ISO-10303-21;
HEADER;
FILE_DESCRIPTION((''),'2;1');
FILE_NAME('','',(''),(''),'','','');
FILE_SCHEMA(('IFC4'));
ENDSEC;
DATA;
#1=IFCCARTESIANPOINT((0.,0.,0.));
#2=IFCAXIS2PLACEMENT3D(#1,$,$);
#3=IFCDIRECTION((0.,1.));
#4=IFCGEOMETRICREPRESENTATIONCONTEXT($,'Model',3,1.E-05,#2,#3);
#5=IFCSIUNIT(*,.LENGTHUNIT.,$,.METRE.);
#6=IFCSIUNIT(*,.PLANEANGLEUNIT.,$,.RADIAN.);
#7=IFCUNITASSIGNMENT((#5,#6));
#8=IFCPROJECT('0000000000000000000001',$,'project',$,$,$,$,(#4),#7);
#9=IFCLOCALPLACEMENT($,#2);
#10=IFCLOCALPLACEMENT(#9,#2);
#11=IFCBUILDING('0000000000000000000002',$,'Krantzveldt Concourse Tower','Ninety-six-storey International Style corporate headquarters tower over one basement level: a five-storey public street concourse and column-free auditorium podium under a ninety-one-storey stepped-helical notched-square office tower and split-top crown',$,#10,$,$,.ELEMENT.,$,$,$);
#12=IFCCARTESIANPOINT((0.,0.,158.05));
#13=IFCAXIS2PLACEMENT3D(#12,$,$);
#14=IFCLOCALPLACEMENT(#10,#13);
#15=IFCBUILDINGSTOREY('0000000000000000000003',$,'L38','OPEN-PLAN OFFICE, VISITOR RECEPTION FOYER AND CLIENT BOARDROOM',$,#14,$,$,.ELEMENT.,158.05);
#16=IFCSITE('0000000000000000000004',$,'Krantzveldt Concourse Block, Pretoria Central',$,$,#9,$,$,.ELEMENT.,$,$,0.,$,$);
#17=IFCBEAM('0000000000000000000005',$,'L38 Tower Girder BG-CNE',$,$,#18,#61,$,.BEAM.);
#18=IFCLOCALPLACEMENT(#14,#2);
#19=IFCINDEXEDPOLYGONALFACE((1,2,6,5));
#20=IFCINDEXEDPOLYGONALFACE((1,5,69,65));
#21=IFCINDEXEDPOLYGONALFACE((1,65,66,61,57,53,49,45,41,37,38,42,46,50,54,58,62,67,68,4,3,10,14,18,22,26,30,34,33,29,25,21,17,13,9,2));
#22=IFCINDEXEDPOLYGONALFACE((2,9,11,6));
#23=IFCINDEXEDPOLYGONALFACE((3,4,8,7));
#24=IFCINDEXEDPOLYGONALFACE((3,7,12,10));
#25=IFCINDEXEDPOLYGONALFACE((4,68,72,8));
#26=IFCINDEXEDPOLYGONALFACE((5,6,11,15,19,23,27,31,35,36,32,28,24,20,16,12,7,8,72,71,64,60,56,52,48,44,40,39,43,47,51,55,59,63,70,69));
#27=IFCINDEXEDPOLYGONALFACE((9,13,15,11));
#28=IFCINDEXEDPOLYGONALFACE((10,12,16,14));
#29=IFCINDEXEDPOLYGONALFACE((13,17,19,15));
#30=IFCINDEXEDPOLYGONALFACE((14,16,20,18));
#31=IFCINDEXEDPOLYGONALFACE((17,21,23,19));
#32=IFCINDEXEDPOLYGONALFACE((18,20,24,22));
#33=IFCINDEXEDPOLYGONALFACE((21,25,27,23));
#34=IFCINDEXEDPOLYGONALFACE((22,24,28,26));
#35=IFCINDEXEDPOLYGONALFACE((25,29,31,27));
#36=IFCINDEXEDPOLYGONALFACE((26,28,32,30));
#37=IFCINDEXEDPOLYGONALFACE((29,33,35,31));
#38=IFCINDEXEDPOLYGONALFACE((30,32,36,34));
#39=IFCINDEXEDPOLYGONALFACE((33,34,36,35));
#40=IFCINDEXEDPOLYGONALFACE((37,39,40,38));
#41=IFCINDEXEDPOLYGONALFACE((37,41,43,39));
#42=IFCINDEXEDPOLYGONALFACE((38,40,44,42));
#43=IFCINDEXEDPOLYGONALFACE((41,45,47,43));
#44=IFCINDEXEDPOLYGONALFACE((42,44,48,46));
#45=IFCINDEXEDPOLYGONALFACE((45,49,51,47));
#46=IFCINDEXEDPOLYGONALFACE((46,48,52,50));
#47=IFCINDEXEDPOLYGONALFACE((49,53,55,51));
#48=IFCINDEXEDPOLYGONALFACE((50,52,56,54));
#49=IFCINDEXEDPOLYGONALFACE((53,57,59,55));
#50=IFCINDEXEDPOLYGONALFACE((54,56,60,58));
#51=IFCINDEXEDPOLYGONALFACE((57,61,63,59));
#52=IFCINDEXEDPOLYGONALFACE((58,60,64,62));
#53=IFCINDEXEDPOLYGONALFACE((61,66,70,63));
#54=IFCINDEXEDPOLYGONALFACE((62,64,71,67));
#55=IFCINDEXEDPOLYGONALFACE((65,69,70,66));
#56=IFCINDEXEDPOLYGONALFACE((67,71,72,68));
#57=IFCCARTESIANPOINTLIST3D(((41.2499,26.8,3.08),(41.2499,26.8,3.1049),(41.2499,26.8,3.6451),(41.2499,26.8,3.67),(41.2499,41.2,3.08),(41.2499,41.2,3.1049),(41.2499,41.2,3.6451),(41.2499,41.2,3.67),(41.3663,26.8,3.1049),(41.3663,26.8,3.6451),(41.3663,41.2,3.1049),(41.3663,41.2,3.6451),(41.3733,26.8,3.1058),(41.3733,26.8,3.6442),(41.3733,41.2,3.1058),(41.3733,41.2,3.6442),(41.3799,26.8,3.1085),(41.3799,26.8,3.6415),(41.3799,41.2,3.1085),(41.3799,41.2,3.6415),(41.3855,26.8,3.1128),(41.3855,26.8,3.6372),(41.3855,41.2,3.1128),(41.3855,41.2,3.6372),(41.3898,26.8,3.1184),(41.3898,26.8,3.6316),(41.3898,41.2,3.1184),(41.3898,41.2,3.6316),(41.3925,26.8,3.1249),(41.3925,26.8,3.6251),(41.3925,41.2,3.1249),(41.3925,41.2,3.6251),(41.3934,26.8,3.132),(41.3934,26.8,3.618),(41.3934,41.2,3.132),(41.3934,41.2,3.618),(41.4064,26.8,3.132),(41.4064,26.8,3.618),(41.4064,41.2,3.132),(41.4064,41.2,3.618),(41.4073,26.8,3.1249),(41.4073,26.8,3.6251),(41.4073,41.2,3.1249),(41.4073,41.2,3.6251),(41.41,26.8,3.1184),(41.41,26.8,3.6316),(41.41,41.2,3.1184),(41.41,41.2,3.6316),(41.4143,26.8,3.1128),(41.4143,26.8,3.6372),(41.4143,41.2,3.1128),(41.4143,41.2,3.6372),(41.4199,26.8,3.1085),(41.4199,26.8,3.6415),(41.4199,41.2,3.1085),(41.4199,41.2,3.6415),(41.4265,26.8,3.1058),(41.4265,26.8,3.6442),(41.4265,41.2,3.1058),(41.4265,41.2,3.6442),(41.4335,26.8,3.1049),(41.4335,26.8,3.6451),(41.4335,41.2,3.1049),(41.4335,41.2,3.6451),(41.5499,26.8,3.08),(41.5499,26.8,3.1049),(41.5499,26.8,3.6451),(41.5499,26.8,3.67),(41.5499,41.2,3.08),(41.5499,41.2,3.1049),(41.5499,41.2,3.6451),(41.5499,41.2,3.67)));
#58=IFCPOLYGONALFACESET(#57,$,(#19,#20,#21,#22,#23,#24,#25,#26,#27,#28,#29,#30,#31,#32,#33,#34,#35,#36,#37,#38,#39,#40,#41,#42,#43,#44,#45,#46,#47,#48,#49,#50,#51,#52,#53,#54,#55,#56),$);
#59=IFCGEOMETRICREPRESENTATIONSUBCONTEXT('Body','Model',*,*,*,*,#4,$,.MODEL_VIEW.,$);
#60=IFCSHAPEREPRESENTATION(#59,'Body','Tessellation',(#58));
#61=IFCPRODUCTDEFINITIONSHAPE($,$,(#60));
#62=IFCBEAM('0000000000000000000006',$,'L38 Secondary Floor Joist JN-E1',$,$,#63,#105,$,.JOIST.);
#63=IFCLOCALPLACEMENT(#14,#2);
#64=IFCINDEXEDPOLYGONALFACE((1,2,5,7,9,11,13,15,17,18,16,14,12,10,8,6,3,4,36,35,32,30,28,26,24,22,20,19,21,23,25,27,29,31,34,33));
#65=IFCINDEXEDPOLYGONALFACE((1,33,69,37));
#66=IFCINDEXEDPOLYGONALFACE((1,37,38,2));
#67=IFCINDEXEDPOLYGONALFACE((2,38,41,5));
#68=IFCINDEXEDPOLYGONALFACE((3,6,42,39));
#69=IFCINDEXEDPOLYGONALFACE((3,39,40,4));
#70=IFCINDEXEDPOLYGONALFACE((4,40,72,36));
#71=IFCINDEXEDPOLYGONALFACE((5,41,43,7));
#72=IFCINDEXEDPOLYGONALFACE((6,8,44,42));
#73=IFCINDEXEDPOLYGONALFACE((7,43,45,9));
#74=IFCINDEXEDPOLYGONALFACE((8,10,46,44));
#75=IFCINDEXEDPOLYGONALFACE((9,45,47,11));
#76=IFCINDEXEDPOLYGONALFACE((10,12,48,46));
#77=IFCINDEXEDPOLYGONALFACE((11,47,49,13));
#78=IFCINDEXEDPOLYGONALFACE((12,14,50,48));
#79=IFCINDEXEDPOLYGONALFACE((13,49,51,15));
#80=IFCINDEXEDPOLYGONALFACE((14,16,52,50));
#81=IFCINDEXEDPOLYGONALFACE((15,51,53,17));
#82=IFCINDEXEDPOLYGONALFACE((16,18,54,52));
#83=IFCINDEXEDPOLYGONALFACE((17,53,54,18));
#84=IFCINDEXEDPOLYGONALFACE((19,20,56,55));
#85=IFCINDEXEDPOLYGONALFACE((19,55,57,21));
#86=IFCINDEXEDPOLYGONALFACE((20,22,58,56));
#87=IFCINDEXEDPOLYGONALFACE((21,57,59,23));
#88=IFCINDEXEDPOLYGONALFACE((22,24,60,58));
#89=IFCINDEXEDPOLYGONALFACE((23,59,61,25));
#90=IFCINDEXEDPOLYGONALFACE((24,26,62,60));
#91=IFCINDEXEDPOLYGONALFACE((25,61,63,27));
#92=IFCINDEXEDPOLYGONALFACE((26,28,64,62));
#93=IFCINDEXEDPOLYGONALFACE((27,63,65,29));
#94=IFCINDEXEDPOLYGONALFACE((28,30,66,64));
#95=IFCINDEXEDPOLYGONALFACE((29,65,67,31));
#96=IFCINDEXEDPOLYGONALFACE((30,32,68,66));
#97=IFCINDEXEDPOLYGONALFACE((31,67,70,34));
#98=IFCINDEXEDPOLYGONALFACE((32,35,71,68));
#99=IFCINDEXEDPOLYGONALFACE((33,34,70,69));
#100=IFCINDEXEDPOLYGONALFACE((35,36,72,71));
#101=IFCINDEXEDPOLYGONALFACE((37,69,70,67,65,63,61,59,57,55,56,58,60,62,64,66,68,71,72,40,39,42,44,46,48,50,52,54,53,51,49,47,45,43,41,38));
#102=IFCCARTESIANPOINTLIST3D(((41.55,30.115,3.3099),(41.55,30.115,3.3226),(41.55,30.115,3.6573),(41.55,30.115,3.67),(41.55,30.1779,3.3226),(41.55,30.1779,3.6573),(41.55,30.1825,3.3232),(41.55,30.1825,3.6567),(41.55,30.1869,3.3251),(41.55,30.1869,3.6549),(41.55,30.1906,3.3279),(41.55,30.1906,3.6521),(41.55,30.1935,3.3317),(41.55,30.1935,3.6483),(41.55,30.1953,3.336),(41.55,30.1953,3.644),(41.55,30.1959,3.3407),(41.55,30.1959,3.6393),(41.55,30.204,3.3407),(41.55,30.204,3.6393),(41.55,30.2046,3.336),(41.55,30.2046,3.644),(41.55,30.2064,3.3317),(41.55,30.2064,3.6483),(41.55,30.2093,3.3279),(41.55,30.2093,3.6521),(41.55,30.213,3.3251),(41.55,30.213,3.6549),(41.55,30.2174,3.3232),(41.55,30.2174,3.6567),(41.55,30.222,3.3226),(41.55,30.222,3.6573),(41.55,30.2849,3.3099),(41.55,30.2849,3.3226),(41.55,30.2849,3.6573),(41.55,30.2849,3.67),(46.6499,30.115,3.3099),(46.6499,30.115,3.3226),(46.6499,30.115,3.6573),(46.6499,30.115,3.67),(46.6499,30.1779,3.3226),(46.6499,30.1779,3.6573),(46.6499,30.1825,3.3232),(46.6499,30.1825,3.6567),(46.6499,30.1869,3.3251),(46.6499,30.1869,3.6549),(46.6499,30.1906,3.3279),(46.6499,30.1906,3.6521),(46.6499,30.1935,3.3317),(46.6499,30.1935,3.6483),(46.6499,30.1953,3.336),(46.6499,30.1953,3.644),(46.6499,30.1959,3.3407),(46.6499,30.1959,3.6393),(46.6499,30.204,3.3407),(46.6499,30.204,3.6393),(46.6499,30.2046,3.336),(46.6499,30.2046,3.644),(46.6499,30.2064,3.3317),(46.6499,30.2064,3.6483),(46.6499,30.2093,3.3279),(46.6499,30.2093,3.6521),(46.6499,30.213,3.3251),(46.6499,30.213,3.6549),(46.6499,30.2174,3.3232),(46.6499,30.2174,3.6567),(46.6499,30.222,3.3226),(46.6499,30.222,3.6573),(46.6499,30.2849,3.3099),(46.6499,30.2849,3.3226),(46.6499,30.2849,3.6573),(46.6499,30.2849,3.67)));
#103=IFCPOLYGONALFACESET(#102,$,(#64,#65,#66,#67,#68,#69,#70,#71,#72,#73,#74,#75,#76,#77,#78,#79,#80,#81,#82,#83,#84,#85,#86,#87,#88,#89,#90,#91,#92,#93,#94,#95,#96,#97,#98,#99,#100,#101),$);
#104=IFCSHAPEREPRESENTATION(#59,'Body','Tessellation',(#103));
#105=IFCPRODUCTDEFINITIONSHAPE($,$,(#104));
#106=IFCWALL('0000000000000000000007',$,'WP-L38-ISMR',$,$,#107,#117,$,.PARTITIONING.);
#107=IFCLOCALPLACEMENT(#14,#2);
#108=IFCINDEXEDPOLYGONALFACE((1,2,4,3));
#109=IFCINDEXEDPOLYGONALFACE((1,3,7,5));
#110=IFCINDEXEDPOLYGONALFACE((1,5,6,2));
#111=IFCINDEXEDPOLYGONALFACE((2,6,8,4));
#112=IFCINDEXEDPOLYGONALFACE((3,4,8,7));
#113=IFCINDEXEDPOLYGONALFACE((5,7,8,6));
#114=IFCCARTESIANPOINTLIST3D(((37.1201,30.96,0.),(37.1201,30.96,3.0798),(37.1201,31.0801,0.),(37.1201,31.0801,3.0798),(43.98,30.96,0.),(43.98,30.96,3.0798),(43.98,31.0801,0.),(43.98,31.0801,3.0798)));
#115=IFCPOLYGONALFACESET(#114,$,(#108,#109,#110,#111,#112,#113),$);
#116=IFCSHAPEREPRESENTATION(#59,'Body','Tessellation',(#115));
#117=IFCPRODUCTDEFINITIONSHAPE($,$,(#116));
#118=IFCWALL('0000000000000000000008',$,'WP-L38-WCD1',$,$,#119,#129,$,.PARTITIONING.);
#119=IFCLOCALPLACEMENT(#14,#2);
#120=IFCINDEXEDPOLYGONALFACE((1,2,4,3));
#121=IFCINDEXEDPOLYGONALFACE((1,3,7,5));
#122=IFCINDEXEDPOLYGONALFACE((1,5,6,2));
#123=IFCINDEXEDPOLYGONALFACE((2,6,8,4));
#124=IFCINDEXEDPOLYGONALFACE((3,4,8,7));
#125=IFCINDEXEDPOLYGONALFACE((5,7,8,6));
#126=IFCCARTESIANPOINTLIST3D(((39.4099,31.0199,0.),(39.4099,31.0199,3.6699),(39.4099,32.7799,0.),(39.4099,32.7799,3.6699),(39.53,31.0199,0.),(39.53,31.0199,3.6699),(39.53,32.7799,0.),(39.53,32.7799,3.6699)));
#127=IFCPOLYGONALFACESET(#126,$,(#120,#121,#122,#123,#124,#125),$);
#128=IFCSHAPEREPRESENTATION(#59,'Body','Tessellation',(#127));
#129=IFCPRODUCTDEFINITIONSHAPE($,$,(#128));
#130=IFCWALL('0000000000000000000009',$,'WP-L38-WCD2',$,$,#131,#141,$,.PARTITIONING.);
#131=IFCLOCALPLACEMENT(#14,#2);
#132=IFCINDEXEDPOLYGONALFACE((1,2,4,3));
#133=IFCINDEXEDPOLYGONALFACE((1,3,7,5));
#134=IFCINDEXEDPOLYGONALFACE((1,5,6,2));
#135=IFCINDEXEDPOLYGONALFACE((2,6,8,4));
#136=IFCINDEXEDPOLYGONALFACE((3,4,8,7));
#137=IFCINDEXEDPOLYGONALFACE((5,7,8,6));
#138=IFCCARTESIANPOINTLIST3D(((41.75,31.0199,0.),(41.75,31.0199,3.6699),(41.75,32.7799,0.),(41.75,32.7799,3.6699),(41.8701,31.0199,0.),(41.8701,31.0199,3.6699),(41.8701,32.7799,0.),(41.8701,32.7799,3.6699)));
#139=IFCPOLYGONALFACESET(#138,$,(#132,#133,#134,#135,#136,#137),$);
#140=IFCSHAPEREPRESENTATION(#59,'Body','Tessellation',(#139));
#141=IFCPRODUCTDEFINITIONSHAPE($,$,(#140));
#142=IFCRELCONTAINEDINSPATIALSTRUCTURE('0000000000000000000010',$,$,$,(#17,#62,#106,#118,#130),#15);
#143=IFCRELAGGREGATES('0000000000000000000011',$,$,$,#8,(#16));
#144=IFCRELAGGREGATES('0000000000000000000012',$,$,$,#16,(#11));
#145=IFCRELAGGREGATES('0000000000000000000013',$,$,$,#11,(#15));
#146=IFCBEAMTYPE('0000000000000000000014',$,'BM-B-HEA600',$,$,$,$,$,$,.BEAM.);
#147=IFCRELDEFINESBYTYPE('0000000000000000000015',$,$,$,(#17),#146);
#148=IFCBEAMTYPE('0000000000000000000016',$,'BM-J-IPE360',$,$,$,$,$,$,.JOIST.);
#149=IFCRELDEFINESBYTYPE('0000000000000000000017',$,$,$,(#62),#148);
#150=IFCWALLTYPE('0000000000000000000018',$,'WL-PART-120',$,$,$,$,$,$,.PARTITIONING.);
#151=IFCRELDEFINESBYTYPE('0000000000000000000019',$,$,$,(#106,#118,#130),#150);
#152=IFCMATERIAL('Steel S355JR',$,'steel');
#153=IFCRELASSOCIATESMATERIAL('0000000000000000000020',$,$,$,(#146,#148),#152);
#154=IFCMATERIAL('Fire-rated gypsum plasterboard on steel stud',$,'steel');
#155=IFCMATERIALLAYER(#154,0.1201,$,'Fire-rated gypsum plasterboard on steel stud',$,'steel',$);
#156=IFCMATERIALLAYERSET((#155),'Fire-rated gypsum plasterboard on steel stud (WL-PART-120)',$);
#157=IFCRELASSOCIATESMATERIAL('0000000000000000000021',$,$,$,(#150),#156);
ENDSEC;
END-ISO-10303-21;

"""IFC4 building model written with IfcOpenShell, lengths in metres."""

from ifc_helpers import new_model, si_unit, direction, frame, frame_2d, origin, origin_2d, place, context, subcontext, project, spatial, rectangle, i_section, extrude, source, transform, mapped, material, layer, layer_set, material_profile, profile_set, type_object, type_shapes, element, save


model = new_model("IFC4")

# Units and contexts
model_context = context("Model", 3, precision=1e-05, world=origin(), true_north=direction((0.0, 1.0)))
body_context = subcontext(model_context, "Body", "Model", "MODEL_VIEW")
ifc_project = project(units=[si_unit("LENGTHUNIT", "METRE"), si_unit("PLANEANGLEUNIT", "RADIAN")], contexts=[model_context])

# Site, building, storey
site_placement = place(None, origin())
site = spatial("IfcSite", under=ifc_project, at=site_placement, Name="Krantzveldt Concourse Block, Pretoria Central", CompositionType="ELEMENT", RefElevation=0.0)
building_placement = place(site_placement, origin())
building = spatial("IfcBuilding", under=site, at=building_placement, Name="Krantzveldt Concourse Tower", Description="Ninety-six-storey International Style corporate headquarters tower over one basement level: a five-storey public street concourse and column-free auditorium podium under a ninety-one-storey stepped-helical notched-square office tower and split-top crown", CompositionType="ELEMENT")
storey_placement = place(building_placement, frame((0.0, 0.0, 158.05)))
storey = spatial("IfcBuildingStorey", under=building, at=storey_placement, Name="L38", Description="OPEN-PLAN OFFICE, VISITOR RECEPTION FOYER AND CLIENT BOARDROOM", CompositionType="ELEMENT", Elevation=158.05)

# Beams
ifc_material_1 = material(Name="Steel S355JR", Category="steel")
ifc_material_profile_1 = material_profile(ifc_material_1, i_section(OverallWidth=0.3, OverallDepth=0.5901, WebThickness=0.0129, FlangeThickness=0.0249, FilletRadius=0.0271, at=origin_2d()), Name="Steel S355JR", Category="steel")
ifc_profile_set_1 = profile_set([ifc_material_profile_1], Name="Steel S355JR - HEA 600")
beam_type_1 = type_object("IfcBeamType", Name="BM-B-HEA600", PredefinedType="BEAM", material=ifc_profile_set_1)
shared_shape_1 = source(origin(), body_context, "Body", "SweptSolid", [
    extrude(i_section(OverallWidth=0.3, OverallDepth=0.5901, WebThickness=0.0129, FlangeThickness=0.0249, FilletRadius=0.0271, at=origin_2d()), origin(), (0.0, 0.0, 1.0), 14.3999),
])
type_shapes(beam_type_1, [shared_shape_1])
beam_1_placement = place(storey_placement, frame((41.3999, 26.8, 3.375), z_axis=(0.0, 1.0, 0.0), x_axis=(-1.0, 0.0, 0.0)))
element("IfcBeam", 1, at=beam_1_placement, inside=storey, type_object=beam_type_1, Name="L38 Tower Girder BG-CNE", PredefinedType="BEAM", context=body_context, shape_type="MappedRepresentation", body=[
    mapped(shared_shape_1, transform((0.0, 0.0, 0.0), x_axis=(1.0, 0.0, 0.0), y_axis=(0.0, 1.0, 0.0), z_axis=(0.0, 0.0, 1.0), scale=1.0)),
])
ifc_material_profile_2 = material_profile(ifc_material_1, i_section(OverallWidth=0.1699, OverallDepth=0.3601, WebThickness=0.0081, FlangeThickness=0.0127, FilletRadius=0.0181, at=origin_2d()), Name="Steel S355JR", Category="steel")
ifc_profile_set_2 = profile_set([ifc_material_profile_2], Name="Steel S355JR - IPE 360")
beam_type_2 = type_object("IfcBeamType", Name="BM-J-IPE360", PredefinedType="JOIST", material=ifc_profile_set_2)
shared_shape_2 = source(origin(), body_context, "Body", "SweptSolid", [
    extrude(i_section(OverallWidth=0.1699, OverallDepth=0.3601, WebThickness=0.0081, FlangeThickness=0.0127, FilletRadius=0.0181, at=origin_2d()), origin(), (0.0, 0.0, 1.0), 5.0999),
])
type_shapes(beam_type_2, [shared_shape_2])
beam_2_placement = place(storey_placement, frame((41.55, 30.2, 3.49), z_axis=(1.0, 0.0, 0.0), x_axis=(0.0, 1.0, 0.0)))
element("IfcBeam", 2, at=beam_2_placement, inside=storey, type_object=beam_type_2, Name="L38 Secondary Floor Joist JN-E1", PredefinedType="JOIST", context=body_context, shape_type="MappedRepresentation", body=[
    mapped(shared_shape_2, transform((0.0, 0.0, 0.0), x_axis=(1.0, 0.0, 0.0), y_axis=(0.0, 1.0, 0.0), z_axis=(0.0, 0.0, 1.0), scale=1.0)),
])

# Walls
ifc_material_2 = material(Name="Fire-rated gypsum plasterboard on steel stud", Category="steel")
ifc_layer_1 = layer(ifc_material_2, 0.1201, Name="Fire-rated gypsum plasterboard on steel stud", Category="steel")
ifc_layer_set_1 = layer_set([ifc_layer_1], Name="Fire-rated gypsum plasterboard on steel stud (WL-PART-120)")
wall_type_1 = type_object("IfcWallType", Name="WL-PART-120", PredefinedType="PARTITIONING", material=ifc_layer_set_1)
wall_1_placement = place(storey_placement, frame((37.1201, 31.02, 0.0), z_axis=(0.0, 0.0, 1.0), x_axis=(1.0, 0.0, 0.0)))
element("IfcWall", 3, at=wall_1_placement, inside=storey, type_object=wall_type_1, Name="WP-L38-ISMR", PredefinedType="PARTITIONING", context=body_context, shape_type="SweptSolid", body=[
    extrude(rectangle(XDim=6.8599, YDim=0.1201, at=frame_2d((3.4299, 0.0))), origin(), (0.0, 0.0, 1.0), 3.0798),
])
for number, where, z_axis, x_axis, name in (
    (4, (39.47, 31.02, 0.0), (0.0, 0.0, 1.0), (0.0, 1.0, 0.0), "WP-L38-WCD1"),
    (5, (41.8101, 31.02, 0.0), (0.0, 0.0, 1.0), (0.0, 1.0, 0.0), "WP-L38-WCD2"),
):
    element("IfcWall", number, at=place(storey_placement, frame(where, z_axis=z_axis, x_axis=x_axis)), inside=storey, type_object=wall_type_1, Name=name, PredefinedType="PARTITIONING", context=body_context, shape_type="SweptSolid", body=[
        extrude(rectangle(XDim=1.76, YDim=0.1201, at=frame_2d((0.8799, 0.0))), origin(), (0.0, 0.0, 1.0), 3.6699),
    ])

save(model, "model.ifc")
